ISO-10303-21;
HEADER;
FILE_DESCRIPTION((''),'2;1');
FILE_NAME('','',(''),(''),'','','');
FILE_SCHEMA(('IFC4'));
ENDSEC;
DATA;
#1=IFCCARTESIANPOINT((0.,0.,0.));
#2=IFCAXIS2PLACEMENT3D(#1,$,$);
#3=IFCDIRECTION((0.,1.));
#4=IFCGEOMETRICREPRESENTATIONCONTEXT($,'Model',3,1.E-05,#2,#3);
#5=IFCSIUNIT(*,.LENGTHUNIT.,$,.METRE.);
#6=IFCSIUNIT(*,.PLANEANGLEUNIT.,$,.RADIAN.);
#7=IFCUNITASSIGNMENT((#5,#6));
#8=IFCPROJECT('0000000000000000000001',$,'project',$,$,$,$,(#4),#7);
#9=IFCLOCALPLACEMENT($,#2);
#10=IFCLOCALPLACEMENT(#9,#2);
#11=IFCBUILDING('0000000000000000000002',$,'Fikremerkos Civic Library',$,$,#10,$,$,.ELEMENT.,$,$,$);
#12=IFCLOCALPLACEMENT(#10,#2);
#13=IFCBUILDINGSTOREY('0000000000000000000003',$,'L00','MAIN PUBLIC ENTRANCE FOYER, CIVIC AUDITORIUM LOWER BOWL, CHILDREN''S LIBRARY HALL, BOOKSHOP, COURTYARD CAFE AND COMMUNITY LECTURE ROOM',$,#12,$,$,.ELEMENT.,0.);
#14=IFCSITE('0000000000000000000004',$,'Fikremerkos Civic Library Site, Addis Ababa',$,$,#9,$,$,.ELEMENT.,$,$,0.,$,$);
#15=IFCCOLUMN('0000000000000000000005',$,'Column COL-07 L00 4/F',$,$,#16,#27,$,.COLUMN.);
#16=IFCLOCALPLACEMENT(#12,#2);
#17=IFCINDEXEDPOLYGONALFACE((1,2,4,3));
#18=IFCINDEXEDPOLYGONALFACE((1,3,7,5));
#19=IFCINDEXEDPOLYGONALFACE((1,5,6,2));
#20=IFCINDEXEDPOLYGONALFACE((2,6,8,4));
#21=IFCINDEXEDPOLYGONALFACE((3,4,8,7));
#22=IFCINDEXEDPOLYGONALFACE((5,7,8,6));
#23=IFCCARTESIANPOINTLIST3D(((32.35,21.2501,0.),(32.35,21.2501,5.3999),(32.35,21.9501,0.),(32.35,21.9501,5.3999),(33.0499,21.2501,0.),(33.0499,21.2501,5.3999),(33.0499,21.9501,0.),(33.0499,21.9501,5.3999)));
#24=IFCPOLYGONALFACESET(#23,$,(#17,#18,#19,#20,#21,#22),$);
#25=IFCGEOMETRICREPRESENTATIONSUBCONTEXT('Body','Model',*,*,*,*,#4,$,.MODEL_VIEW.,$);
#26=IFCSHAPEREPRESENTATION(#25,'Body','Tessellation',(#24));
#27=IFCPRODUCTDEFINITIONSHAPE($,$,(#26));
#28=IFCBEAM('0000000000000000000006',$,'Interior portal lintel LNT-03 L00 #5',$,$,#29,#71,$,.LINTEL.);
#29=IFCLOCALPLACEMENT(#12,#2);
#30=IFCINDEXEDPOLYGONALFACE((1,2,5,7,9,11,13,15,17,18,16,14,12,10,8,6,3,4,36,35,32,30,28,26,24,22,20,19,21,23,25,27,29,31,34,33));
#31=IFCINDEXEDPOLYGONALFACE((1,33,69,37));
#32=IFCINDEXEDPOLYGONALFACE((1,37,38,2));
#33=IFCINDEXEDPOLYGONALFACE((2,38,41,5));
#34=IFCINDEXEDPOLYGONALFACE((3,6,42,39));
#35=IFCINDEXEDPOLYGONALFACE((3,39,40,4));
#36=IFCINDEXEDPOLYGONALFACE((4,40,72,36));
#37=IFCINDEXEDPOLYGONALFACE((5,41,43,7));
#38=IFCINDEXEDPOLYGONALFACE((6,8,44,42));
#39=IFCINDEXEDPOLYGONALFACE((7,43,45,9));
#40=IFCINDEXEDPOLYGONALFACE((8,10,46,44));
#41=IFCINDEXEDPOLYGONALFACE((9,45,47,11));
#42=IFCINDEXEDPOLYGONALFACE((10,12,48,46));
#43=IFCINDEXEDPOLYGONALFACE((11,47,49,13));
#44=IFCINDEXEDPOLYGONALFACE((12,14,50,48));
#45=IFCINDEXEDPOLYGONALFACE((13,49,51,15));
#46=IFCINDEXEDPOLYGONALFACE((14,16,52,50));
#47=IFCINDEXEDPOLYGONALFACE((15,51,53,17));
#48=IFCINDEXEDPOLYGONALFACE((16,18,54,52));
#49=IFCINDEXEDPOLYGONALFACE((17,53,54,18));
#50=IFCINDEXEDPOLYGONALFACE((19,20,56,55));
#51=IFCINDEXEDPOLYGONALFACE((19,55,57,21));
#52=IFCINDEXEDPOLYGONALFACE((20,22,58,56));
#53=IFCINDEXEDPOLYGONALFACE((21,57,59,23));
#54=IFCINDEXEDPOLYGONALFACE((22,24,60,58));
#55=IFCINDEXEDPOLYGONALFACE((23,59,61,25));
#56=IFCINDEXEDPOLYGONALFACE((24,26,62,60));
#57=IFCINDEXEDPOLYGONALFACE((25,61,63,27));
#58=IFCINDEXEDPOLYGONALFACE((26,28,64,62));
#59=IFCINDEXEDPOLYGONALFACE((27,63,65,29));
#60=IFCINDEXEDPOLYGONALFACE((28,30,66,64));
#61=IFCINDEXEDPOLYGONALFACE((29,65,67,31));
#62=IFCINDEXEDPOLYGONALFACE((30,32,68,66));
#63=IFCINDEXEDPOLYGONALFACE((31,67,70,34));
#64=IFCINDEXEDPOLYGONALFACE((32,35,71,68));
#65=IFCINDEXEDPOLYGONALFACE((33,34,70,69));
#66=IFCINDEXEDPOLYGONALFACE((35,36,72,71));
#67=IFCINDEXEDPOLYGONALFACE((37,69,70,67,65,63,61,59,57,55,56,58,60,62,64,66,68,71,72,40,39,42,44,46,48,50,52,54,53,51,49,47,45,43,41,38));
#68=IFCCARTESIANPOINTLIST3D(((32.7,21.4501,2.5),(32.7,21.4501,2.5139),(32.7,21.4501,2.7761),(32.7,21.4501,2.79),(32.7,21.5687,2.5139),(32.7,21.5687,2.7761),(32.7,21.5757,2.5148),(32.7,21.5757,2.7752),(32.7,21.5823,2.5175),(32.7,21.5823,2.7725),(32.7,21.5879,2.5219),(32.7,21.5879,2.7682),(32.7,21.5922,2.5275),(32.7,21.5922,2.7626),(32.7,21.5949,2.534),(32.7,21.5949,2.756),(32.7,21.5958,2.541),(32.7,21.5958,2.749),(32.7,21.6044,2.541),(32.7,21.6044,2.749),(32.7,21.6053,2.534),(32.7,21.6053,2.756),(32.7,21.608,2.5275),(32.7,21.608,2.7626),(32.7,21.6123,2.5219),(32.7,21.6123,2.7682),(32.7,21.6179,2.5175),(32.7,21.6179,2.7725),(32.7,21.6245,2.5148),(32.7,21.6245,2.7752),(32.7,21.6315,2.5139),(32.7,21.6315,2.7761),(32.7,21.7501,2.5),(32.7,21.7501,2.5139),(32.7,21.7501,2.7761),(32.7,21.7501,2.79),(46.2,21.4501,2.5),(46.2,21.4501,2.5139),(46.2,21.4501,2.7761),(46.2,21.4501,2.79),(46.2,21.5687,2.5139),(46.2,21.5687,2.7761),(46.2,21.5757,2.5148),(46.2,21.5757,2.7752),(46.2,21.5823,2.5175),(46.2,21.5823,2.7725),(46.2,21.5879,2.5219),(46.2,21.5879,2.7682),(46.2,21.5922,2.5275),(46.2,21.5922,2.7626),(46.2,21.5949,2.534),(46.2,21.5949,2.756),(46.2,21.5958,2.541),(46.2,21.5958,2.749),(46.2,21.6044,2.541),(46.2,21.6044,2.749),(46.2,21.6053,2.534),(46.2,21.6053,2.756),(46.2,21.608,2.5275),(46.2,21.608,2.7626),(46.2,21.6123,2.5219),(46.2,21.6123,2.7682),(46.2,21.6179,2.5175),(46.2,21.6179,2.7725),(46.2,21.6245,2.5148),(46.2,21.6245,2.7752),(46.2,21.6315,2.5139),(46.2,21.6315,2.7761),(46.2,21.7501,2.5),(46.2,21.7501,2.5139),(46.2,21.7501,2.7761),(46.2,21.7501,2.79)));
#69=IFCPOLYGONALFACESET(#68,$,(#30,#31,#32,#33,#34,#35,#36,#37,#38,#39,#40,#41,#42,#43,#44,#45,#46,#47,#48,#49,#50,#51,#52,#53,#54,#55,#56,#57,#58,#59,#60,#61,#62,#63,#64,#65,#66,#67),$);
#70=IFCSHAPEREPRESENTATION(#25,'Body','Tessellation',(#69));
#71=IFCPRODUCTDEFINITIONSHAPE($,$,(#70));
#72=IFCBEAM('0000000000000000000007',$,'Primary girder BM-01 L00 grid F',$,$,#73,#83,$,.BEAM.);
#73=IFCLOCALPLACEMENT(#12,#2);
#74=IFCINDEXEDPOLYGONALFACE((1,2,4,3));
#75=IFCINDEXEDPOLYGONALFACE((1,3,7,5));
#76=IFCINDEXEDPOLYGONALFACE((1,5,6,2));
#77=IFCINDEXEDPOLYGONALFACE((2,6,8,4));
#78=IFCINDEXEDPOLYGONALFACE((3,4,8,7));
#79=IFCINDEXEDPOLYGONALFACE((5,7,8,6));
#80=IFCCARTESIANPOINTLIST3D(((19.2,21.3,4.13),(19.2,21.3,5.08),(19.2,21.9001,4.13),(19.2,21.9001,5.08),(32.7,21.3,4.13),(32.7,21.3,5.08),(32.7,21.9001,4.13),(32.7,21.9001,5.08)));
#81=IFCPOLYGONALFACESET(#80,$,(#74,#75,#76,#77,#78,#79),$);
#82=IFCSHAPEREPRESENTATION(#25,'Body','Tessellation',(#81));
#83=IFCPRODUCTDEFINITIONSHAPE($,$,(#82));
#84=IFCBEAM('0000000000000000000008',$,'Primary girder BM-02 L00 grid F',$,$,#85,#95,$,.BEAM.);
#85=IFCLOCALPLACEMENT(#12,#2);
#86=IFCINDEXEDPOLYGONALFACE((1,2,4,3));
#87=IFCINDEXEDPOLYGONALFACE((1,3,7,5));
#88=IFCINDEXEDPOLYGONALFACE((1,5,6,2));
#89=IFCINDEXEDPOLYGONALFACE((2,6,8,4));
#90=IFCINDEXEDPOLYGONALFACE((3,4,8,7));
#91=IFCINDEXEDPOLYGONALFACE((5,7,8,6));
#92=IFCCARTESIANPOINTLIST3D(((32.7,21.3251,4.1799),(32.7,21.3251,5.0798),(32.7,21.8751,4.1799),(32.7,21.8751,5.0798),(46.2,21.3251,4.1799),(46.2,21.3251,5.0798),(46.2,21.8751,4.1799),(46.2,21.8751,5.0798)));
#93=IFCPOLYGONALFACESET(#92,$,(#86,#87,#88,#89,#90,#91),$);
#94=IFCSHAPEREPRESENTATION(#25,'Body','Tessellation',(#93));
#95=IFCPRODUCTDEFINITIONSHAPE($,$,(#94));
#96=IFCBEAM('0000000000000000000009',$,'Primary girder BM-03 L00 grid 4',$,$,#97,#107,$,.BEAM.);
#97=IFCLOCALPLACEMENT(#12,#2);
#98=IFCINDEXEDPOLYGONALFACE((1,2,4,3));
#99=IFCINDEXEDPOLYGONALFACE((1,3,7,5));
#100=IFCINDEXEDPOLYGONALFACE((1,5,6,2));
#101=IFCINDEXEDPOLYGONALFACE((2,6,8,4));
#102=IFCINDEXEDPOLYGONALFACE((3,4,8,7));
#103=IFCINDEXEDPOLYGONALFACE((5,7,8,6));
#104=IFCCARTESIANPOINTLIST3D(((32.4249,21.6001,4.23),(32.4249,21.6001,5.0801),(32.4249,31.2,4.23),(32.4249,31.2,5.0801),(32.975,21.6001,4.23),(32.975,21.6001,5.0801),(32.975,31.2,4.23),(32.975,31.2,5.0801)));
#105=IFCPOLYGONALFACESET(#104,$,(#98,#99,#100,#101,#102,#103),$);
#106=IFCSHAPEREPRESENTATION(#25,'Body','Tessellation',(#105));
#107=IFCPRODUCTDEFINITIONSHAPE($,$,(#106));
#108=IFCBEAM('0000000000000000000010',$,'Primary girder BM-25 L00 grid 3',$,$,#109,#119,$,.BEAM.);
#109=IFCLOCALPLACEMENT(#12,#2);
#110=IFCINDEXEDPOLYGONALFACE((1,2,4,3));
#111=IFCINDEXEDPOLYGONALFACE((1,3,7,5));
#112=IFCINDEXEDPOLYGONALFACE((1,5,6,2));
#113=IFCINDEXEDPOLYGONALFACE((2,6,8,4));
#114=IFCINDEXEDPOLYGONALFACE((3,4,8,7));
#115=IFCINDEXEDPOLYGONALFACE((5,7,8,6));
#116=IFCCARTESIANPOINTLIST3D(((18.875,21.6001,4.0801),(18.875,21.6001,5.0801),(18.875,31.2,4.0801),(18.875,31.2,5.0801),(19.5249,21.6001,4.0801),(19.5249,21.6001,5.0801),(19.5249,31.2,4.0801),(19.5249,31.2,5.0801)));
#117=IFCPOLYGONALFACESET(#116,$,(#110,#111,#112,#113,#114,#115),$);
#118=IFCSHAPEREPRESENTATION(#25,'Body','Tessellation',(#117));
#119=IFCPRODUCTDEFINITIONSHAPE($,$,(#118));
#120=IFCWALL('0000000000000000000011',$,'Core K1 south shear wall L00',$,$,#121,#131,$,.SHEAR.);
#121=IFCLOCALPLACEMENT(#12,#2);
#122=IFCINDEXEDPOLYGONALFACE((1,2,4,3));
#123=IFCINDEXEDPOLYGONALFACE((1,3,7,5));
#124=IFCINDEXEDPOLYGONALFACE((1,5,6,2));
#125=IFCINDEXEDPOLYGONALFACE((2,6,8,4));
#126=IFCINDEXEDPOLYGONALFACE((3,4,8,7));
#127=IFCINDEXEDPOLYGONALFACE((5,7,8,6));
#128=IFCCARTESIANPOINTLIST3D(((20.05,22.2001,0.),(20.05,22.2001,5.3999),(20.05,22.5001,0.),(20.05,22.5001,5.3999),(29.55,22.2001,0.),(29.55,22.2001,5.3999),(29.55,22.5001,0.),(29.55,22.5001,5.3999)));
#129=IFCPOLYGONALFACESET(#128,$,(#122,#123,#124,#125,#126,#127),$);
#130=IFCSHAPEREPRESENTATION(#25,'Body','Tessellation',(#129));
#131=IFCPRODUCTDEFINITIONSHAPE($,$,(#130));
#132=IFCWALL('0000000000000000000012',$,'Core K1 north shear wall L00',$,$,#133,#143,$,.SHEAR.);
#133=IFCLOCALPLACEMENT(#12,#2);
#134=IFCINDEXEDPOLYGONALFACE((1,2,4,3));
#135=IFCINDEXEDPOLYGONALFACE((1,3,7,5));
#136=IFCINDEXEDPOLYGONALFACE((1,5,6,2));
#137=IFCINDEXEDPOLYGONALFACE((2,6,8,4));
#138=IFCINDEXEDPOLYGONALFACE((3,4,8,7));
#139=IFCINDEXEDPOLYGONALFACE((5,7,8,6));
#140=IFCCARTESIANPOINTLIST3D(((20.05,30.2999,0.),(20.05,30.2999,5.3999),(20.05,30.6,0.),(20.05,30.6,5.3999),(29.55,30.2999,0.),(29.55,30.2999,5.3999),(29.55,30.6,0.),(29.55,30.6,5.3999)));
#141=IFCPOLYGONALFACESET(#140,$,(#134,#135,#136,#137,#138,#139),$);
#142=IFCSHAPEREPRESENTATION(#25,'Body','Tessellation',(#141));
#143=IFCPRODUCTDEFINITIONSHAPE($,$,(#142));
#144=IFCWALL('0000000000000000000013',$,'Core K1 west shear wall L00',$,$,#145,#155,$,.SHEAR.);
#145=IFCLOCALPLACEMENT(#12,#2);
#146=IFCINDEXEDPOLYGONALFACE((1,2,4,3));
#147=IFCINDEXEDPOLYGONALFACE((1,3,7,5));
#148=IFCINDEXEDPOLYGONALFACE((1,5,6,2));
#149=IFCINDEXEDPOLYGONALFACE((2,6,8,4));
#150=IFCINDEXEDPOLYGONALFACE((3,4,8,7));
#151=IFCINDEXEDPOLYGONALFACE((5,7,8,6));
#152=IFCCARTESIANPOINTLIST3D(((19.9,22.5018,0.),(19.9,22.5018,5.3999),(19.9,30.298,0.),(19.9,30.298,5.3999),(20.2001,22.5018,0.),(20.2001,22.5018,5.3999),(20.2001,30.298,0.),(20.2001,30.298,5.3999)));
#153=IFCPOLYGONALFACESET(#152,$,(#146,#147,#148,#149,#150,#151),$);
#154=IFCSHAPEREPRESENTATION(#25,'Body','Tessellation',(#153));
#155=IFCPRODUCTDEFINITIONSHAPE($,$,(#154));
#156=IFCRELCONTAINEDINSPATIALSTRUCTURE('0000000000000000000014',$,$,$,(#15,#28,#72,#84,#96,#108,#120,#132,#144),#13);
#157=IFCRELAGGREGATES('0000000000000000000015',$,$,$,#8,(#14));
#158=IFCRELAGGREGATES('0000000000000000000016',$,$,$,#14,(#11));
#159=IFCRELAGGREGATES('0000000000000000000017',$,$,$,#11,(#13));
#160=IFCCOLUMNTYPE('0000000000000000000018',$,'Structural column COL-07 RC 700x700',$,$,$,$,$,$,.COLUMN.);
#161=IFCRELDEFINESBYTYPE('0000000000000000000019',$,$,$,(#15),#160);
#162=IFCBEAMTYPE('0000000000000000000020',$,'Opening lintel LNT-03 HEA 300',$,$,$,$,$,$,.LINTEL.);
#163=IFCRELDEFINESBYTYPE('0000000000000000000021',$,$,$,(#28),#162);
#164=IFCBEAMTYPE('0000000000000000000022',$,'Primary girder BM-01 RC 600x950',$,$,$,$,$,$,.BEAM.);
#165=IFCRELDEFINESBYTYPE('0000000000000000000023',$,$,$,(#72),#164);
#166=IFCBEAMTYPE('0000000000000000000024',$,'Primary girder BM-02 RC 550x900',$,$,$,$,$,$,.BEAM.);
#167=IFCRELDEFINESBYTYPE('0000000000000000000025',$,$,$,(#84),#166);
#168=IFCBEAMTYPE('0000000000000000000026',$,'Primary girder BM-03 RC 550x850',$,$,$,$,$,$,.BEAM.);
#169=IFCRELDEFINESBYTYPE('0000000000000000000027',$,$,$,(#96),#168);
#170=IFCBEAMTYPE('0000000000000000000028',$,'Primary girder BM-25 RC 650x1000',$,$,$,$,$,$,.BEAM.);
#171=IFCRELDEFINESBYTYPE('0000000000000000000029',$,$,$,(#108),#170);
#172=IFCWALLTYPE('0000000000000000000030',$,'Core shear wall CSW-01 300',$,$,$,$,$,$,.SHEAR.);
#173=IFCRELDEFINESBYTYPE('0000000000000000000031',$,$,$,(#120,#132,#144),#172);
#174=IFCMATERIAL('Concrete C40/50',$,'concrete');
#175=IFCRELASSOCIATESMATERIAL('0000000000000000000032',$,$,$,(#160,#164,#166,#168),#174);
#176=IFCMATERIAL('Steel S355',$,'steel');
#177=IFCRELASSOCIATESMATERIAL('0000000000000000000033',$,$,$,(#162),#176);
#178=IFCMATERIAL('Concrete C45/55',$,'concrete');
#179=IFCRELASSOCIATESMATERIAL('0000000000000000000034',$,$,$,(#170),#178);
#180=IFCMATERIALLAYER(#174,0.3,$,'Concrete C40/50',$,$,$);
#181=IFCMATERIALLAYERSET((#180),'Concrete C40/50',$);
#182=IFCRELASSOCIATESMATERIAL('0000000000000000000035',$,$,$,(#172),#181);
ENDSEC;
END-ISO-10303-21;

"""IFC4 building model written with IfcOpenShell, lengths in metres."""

from ifc_helpers import new_model, si_unit, direction, frame, frame_2d, origin, origin_2d, place, context, subcontext, project, spatial, rectangle, i_section, extrude, material, layer, layer_set, material_profile, profile_set, type_object, element, save


model = new_model("IFC4")

# Units and contexts
model_context = context("Model", 3, precision=1e-05, world=origin(), true_north=direction((0.0, 1.0)))
body_context = subcontext(model_context, "Body", "Model", "MODEL_VIEW")
ifc_project = project(units=[si_unit("LENGTHUNIT", "METRE"), si_unit("PLANEANGLEUNIT", "RADIAN")], contexts=[model_context])

# Site, building, storey
site_placement = place(None, origin())
site = spatial("IfcSite", under=ifc_project, at=site_placement, Name="Fikremerkos Civic Library Site, Addis Ababa", CompositionType="ELEMENT", RefElevation=0.0)
building_placement = place(site_placement, origin())
building = spatial("IfcBuilding", under=site, at=building_placement, Name="Fikremerkos Civic Library", CompositionType="ELEMENT")
storey_placement = place(building_placement, origin())
storey = spatial("IfcBuildingStorey", under=building, at=storey_placement, Name="L00", Description="MAIN PUBLIC ENTRANCE FOYER, CIVIC AUDITORIUM LOWER BOWL, CHILDREN'S LIBRARY HALL, BOOKSHOP, COURTYARD CAFE AND COMMUNITY LECTURE ROOM", CompositionType="ELEMENT", Elevation=0.0)

# Column
ifc_material_1 = material(Name="Concrete C40/50", Category="concrete")
ifc_material_profile_1 = material_profile(ifc_material_1, rectangle(XDim=0.7, YDim=0.7, at=origin_2d()), Name="RC 700x700")
ifc_profile_set_1 = profile_set([ifc_material_profile_1], Name="Concrete C40/50")
column_type = type_object("IfcColumnType", Name="Structural column COL-07 RC 700x700", PredefinedType="COLUMN", material=ifc_profile_set_1)
column_placement = place(storey_placement, frame((32.7, 21.6001, 0.0), z_axis=(0.0, 0.0, 1.0), x_axis=(1.0, 0.0, 0.0)))
element("IfcColumn", 1, at=column_placement, inside=storey, type_object=column_type, Name="Column COL-07 L00 4/F", PredefinedType="COLUMN", context=body_context, shape_type="SweptSolid", body=[
    extrude(rectangle(XDim=0.7, YDim=0.7, at=origin_2d()), origin(), (0.0, 0.0, 1.0), 5.3999),
])

# Beams
ifc_material_2 = material(Name="Steel S355", Category="steel")
ifc_material_profile_2 = material_profile(ifc_material_2, i_section(OverallWidth=0.3, OverallDepth=0.29, WebThickness=0.0085, FlangeThickness=0.0139, FilletRadius=0.0271, at=origin_2d()), Name="HEA 300")
ifc_profile_set_2 = profile_set([ifc_material_profile_2], Name="Steel S355")
beam_type_1 = type_object("IfcBeamType", Name="Opening lintel LNT-03 HEA 300", PredefinedType="LINTEL", material=ifc_profile_set_2)
beam_1_placement = place(storey_placement, frame((32.7, 21.6001, 2.645), z_axis=(1.0, 0.0, 0.0), x_axis=(0.0, 1.0, 0.0)))
element("IfcBeam", 2, at=beam_1_placement, inside=storey, type_object=beam_type_1, Name="Interior portal lintel LNT-03 L00 #5", PredefinedType="LINTEL", context=body_context, shape_type="SweptSolid", body=[
    extrude(i_section(OverallWidth=0.3, OverallDepth=0.29, WebThickness=0.0085, FlangeThickness=0.0139, FilletRadius=0.0271, at=origin_2d()), origin(), (0.0, 0.0, 1.0), 13.5),
])
ifc_material_profile_3 = material_profile(ifc_material_1, rectangle(XDim=0.6001, YDim=0.95, at=origin_2d()), Name="RC 600x950")
ifc_profile_set_3 = profile_set([ifc_material_profile_3], Name="Concrete C40/50")
beam_type_2 = type_object("IfcBeamType", Name="Primary girder BM-01 RC 600x950", PredefinedType="BEAM", material=ifc_profile_set_3)
beam_2_placement = place(storey_placement, frame((19.2, 21.6001, 4.605), z_axis=(1.0, 0.0, 0.0), x_axis=(0.0, 1.0, 0.0)))
element("IfcBeam", 3, at=beam_2_placement, inside=storey, type_object=beam_type_2, Name="Primary girder BM-01 L00 grid F", PredefinedType="BEAM", context=body_context, shape_type="SweptSolid", body=[
    extrude(rectangle(XDim=0.6001, YDim=0.95, at=origin_2d()), origin(), (0.0, 0.0, 1.0), 13.5),
])
ifc_material_profile_4 = material_profile(ifc_material_1, rectangle(XDim=0.55, YDim=0.8999, at=origin_2d()), Name="RC 550x900")
ifc_profile_set_4 = profile_set([ifc_material_profile_4], Name="Concrete C40/50")
beam_type_3 = type_object("IfcBeamType", Name="Primary girder BM-02 RC 550x900", PredefinedType="BEAM", material=ifc_profile_set_4)
beam_3_placement = place(storey_placement, frame((32.7, 21.6001, 4.6299), z_axis=(1.0, 0.0, 0.0), x_axis=(0.0, 1.0, 0.0)))
element("IfcBeam", 4, at=beam_3_placement, inside=storey, type_object=beam_type_3, Name="Primary girder BM-02 L00 grid F", PredefinedType="BEAM", context=body_context, shape_type="SweptSolid", body=[
    extrude(rectangle(XDim=0.55, YDim=0.8999, at=origin_2d()), origin(), (0.0, 0.0, 1.0), 13.5),
])
ifc_material_profile_5 = material_profile(ifc_material_1, rectangle(XDim=0.55, YDim=0.8501, at=origin_2d()), Name="RC 550x850")
ifc_profile_set_5 = profile_set([ifc_material_profile_5], Name="Concrete C40/50")
beam_type_4 = type_object("IfcBeamType", Name="Primary girder BM-03 RC 550x850", PredefinedType="BEAM", material=ifc_profile_set_5)
beam_4_placement = place(storey_placement, frame((32.7, 21.6001, 4.655), z_axis=(0.0, 1.0, 0.0), x_axis=(-1.0, 0.0, 0.0)))
element("IfcBeam", 5, at=beam_4_placement, inside=storey, type_object=beam_type_4, Name="Primary girder BM-03 L00 grid 4", PredefinedType="BEAM", context=body_context, shape_type="SweptSolid", body=[
    extrude(rectangle(XDim=0.55, YDim=0.8501, at=origin_2d()), origin(), (0.0, 0.0, 1.0), 9.5999),
])
ifc_material_3 = material(Name="Concrete C45/55", Category="concrete")
ifc_material_profile_6 = material_profile(ifc_material_3, rectangle(XDim=0.6499, YDim=1.0, at=origin_2d()), Name="RC 650x1000")
ifc_profile_set_6 = profile_set([ifc_material_profile_6], Name="Concrete C45/55")
beam_type_5 = type_object("IfcBeamType", Name="Primary girder BM-25 RC 650x1000", PredefinedType="BEAM", material=ifc_profile_set_6)
beam_5_placement = place(storey_placement, frame((19.2, 21.6001, 4.5801), z_axis=(0.0, 1.0, 0.0), x_axis=(-1.0, 0.0, 0.0)))
element("IfcBeam", 6, at=beam_5_placement, inside=storey, type_object=beam_type_5, Name="Primary girder BM-25 L00 grid 3", PredefinedType="BEAM", context=body_context, shape_type="SweptSolid", body=[
    extrude(rectangle(XDim=0.6499, YDim=1.0, at=origin_2d()), origin(), (0.0, 0.0, 1.0), 9.5999),
])

# Walls
ifc_layer_1 = layer(ifc_material_1, 0.3, Name="Concrete C40/50")
ifc_layer_set_1 = layer_set([ifc_layer_1], Name="Concrete C40/50")
wall_type_1 = type_object("IfcWallType", Name="Core shear wall CSW-01 300", PredefinedType="SHEAR", material=ifc_layer_set_1)
for number, where, z_axis, x_axis, name in (
    (7, (29.55, 22.3501, 0.0), (0.0, 0.0, 1.0), (-1.0, 0.0, 0.0), "Core K1 south shear wall L00"),
    (8, (20.05, 30.45, 0.0), (0.0, 0.0, 1.0), (1.0, 0.0, 0.0), "Core K1 north shear wall L00"),
):
    element("IfcWall", number, at=place(storey_placement, frame(where, z_axis=z_axis, x_axis=x_axis)), inside=storey, type_object=wall_type_1, Name=name, PredefinedType="SHEAR", context=body_context, shape_type="SweptSolid", body=[
        extrude(rectangle(XDim=9.5, YDim=0.3, at=frame_2d((4.75, 0.0))), origin(), (0.0, 0.0, 1.0), 5.3999),
    ])
wall_1_placement = place(storey_placement, frame((20.05, 22.502, 0.0), z_axis=(0.0, 0.0, 1.0), x_axis=(0.0, 1.0, 0.0)))
element("IfcWall", 9, at=wall_1_placement, inside=storey, type_object=wall_type_1, Name="Core K1 west shear wall L00", PredefinedType="SHEAR", context=body_context, shape_type="SweptSolid", body=[
    extrude(rectangle(XDim=7.7961, YDim=0.3, at=frame_2d((3.8979, 0.0))), origin(), (0.0, 0.0, 1.0), 5.3999),
])

save(model, "model.ifc")
